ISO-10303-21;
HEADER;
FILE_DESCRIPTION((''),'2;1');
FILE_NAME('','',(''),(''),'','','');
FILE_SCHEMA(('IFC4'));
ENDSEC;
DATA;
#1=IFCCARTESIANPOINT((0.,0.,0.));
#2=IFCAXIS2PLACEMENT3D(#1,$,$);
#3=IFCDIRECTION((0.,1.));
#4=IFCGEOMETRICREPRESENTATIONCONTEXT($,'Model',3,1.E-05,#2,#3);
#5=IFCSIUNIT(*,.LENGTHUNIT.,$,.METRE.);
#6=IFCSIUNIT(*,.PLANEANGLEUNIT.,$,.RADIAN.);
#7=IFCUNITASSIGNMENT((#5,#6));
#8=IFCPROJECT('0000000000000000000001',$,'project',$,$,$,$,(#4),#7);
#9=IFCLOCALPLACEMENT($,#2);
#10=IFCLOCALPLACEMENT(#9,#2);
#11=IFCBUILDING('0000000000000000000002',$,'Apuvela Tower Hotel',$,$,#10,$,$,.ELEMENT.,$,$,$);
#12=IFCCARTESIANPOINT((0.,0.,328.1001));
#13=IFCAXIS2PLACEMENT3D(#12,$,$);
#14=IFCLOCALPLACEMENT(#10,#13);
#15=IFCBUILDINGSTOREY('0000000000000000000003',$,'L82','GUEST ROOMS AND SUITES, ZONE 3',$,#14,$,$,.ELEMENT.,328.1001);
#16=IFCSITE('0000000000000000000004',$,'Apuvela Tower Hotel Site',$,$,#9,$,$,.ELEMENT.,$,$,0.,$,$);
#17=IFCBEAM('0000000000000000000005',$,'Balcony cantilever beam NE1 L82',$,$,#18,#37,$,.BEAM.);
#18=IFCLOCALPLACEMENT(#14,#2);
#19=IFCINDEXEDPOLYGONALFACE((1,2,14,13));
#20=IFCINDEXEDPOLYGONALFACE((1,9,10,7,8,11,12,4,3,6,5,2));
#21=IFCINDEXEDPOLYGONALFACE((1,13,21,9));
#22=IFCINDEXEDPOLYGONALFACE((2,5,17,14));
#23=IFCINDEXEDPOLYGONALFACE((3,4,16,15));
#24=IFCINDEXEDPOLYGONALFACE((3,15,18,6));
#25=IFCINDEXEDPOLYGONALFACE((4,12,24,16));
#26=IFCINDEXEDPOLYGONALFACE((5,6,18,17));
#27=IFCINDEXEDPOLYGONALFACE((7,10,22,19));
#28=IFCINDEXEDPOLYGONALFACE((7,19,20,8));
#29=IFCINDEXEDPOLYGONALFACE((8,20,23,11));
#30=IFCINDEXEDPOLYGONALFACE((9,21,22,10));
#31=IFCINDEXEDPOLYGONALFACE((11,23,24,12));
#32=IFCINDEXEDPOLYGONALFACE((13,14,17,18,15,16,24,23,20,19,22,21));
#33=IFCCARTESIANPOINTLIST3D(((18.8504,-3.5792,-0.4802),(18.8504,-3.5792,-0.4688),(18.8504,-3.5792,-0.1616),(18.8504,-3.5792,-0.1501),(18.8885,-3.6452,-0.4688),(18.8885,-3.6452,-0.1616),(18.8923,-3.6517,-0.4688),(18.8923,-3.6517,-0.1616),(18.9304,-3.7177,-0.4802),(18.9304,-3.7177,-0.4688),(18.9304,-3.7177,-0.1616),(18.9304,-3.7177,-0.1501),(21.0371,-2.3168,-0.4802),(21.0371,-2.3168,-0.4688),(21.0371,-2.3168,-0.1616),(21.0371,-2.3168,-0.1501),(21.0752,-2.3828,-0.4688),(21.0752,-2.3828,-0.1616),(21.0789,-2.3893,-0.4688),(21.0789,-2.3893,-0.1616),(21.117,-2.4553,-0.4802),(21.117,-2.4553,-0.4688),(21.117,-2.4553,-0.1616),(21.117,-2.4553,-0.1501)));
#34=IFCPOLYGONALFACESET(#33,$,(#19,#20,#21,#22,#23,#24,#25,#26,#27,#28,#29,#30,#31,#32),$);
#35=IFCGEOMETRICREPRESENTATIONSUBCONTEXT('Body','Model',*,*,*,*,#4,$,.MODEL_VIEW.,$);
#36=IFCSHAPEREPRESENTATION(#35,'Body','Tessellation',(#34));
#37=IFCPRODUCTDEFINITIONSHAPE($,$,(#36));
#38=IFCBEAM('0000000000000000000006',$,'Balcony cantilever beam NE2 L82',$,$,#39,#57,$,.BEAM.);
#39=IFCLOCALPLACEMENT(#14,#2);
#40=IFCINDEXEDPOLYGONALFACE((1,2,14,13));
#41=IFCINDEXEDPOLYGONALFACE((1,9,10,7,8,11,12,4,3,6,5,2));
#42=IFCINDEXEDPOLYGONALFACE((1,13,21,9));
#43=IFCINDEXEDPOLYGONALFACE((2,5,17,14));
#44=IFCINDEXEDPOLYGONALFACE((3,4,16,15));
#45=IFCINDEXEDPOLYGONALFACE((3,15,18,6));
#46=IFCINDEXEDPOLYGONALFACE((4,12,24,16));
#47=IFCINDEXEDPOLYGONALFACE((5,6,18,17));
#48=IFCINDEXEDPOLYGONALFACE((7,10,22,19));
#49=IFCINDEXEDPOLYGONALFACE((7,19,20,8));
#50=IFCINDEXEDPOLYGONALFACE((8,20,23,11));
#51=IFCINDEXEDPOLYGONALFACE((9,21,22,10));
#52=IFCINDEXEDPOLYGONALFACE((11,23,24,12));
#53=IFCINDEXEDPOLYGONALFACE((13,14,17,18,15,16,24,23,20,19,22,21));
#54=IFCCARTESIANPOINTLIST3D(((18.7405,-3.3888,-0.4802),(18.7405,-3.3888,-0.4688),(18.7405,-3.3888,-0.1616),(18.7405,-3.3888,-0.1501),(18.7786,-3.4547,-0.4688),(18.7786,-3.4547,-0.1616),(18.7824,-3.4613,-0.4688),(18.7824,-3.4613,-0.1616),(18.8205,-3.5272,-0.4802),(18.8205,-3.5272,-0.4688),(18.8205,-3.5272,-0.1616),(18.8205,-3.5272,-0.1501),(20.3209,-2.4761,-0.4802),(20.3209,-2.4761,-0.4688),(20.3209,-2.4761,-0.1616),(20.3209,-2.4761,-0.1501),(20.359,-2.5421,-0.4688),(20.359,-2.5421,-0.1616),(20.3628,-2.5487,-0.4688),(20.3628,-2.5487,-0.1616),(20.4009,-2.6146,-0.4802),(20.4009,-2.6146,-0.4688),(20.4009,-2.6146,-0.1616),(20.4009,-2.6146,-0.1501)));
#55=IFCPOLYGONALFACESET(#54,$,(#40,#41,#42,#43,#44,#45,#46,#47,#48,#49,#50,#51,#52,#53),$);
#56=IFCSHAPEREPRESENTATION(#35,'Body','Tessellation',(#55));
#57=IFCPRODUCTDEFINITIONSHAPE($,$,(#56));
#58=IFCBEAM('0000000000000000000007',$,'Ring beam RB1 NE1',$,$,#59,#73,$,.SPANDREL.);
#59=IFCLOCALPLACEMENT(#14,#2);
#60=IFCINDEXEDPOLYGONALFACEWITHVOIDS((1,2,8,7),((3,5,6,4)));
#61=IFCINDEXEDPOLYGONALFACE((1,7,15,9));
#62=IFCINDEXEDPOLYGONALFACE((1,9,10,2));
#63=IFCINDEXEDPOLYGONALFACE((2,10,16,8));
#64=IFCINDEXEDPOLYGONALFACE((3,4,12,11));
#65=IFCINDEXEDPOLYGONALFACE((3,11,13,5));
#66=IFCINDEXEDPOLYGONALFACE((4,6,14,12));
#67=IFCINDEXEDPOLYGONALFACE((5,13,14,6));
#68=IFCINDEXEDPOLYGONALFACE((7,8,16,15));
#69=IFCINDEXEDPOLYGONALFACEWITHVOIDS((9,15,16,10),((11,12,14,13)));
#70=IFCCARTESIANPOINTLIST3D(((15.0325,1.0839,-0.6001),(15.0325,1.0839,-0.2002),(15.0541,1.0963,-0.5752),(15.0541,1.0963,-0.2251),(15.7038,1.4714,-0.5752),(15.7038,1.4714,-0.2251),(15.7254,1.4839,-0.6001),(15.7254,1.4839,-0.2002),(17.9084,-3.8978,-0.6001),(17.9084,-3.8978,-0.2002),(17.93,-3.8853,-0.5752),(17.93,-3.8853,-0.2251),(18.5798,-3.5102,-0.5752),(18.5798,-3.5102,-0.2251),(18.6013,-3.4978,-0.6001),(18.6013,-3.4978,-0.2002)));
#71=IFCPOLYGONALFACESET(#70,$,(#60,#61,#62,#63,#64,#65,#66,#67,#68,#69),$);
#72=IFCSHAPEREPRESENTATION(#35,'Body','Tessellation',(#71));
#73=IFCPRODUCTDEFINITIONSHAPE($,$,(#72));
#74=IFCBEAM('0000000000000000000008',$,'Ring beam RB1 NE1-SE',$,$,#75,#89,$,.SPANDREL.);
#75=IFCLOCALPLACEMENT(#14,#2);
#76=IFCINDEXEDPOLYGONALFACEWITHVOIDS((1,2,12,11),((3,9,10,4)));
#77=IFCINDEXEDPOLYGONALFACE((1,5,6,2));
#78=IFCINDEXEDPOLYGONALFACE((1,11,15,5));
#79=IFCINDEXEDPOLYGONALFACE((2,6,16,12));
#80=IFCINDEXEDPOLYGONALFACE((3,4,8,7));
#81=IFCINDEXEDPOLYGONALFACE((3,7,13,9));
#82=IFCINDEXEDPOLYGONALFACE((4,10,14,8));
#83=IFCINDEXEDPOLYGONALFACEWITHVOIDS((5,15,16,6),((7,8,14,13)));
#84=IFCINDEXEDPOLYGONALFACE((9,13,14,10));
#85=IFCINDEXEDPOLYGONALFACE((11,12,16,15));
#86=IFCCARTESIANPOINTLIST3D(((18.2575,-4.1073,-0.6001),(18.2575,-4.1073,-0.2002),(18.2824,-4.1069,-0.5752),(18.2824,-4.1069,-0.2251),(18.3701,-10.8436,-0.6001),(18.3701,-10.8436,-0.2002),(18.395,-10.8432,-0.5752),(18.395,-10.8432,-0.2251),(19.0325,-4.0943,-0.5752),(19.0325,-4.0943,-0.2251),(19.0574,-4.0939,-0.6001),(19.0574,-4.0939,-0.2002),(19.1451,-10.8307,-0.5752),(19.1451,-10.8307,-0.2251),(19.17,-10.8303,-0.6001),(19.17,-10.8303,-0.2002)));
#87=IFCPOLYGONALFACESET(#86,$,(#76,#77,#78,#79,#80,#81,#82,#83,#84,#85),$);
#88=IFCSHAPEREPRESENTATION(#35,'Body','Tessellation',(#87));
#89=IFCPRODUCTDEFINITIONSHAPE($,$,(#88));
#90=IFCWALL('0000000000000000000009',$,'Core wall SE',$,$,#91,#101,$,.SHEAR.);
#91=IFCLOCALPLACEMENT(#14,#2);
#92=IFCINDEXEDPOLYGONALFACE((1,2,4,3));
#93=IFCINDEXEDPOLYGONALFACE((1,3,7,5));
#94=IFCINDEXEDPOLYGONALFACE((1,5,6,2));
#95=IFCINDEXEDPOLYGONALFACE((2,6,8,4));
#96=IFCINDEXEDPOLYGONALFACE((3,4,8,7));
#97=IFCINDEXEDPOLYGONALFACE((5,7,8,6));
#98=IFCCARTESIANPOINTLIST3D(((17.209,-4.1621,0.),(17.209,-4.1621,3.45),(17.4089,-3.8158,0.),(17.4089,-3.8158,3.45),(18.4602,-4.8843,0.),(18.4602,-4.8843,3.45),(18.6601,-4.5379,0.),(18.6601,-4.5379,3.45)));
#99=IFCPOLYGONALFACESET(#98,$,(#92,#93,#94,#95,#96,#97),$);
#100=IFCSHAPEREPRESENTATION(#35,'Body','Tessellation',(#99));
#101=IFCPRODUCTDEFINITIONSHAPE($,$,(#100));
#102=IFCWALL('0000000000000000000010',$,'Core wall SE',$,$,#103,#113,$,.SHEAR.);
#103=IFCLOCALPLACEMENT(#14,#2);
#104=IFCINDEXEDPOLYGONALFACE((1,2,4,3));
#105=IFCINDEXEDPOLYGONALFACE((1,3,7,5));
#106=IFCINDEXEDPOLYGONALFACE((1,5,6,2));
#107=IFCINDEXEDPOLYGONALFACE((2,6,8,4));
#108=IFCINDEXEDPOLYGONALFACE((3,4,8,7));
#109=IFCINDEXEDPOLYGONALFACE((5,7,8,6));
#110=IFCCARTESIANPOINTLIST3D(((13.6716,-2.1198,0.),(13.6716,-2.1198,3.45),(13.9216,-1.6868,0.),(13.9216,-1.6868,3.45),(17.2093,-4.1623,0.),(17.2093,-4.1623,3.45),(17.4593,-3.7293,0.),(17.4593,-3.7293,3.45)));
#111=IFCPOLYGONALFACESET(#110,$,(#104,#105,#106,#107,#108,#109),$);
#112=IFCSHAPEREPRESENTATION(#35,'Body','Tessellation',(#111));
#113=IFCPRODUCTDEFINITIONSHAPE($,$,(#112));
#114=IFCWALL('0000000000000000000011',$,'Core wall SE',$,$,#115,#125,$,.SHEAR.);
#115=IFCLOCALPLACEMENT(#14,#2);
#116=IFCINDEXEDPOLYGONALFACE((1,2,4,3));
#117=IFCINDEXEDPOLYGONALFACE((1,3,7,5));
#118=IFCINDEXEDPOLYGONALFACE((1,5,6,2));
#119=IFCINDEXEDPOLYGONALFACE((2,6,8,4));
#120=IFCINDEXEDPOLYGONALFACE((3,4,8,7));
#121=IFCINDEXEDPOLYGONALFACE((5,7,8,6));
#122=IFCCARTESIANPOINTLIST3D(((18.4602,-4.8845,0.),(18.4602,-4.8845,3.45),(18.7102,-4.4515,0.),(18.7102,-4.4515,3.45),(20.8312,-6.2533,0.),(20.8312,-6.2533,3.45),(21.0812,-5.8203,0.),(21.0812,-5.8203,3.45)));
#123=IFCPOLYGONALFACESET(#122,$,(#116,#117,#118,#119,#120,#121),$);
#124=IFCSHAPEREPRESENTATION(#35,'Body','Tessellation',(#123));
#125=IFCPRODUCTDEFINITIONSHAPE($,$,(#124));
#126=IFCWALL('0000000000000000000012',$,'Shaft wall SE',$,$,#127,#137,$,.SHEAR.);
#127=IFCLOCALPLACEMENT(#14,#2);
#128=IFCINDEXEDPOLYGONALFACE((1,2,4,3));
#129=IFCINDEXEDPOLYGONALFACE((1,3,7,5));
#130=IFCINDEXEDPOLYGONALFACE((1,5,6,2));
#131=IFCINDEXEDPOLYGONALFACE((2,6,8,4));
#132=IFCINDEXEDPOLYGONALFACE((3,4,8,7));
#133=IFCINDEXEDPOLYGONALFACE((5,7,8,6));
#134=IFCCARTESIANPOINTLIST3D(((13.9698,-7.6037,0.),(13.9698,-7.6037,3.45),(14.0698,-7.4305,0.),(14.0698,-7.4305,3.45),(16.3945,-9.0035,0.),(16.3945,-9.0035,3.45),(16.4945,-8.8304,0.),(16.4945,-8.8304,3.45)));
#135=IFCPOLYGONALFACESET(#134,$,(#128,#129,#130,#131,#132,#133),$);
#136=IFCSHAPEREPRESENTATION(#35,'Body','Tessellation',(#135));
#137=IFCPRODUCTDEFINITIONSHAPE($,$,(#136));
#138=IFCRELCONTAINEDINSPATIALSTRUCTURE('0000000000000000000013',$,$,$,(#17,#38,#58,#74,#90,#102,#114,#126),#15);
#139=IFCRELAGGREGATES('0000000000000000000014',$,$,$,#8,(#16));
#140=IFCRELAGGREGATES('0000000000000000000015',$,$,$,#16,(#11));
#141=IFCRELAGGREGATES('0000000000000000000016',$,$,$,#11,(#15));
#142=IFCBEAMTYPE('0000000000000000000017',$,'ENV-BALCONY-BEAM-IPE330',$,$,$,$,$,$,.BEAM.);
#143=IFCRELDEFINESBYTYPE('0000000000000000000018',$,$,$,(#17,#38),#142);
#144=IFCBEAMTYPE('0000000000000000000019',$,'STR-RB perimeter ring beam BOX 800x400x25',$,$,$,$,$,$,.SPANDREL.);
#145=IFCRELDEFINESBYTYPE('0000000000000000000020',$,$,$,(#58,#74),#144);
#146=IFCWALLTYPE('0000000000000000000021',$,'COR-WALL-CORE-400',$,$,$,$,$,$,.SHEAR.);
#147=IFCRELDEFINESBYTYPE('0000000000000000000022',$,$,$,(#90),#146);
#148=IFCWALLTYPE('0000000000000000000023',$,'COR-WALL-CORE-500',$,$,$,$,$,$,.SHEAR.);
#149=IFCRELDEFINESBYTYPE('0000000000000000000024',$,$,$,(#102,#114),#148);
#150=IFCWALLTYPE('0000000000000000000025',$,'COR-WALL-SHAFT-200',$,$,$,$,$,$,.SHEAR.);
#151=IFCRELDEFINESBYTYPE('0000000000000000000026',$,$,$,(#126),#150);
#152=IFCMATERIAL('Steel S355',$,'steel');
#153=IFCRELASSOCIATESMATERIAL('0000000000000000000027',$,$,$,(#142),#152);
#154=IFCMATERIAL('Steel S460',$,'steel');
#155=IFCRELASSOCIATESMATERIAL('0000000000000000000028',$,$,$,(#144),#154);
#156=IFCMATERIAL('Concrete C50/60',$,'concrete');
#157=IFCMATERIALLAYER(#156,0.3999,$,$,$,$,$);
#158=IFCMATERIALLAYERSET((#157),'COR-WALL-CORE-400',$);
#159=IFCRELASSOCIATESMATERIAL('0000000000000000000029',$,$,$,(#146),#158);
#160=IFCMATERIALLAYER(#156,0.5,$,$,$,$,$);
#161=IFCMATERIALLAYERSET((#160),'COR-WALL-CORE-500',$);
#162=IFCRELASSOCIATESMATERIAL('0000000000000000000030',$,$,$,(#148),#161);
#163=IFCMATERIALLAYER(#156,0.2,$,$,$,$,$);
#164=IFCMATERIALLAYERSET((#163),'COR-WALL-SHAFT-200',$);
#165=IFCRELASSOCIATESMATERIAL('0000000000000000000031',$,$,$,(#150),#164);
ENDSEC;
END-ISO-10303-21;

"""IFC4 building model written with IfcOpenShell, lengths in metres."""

from ifc_helpers import new_model, si_unit, direction, frame, frame_2d, origin, origin_2d, place, context, subcontext, project, spatial, rectangle, hollow_rectangle, i_section, extrude, material, layer, layer_set, material_profile, profile_set, type_object, element, save


model = new_model("IFC4")

# Units and contexts
model_context = context("Model", 3, precision=1e-05, world=origin(), true_north=direction((0.0, 1.0)))
body_context = subcontext(model_context, "Body", "Model", "MODEL_VIEW")
ifc_project = project(units=[si_unit("LENGTHUNIT", "METRE"), si_unit("PLANEANGLEUNIT", "RADIAN")], contexts=[model_context])

# Site, building, storey
site_placement = place(None, origin())
site = spatial("IfcSite", under=ifc_project, at=site_placement, Name="Apuvela Tower Hotel Site", CompositionType="ELEMENT", RefElevation=0.0)
building_placement = place(site_placement, origin())
building = spatial("IfcBuilding", under=site, at=building_placement, Name="Apuvela Tower Hotel", CompositionType="ELEMENT")
storey_placement = place(building_placement, frame((0.0, 0.0, 328.1001)))
storey = spatial("IfcBuildingStorey", under=building, at=storey_placement, Name="L82", Description="GUEST ROOMS AND SUITES, ZONE 3", CompositionType="ELEMENT", Elevation=328.1001)

# Shared definitions
ifc_material_1 = material(Name="Steel S460", Category="steel")

# Beams
ifc_material_2 = material(Name="Steel S355", Category="steel")
ifc_material_profile_1 = material_profile(ifc_material_2, i_section(OverallWidth=0.1599, OverallDepth=0.3301, WebThickness=0.0076, FlangeThickness=0.0115, at=origin_2d()), Name="IPE 330")
ifc_profile_set_1 = profile_set([ifc_material_profile_1], Name="Steel S355")
beam_type_1 = type_object("IfcBeamType", Name="ENV-BALCONY-BEAM-IPE330", PredefinedType="BEAM", material=ifc_profile_set_1)
beam_1_placement = place(storey_placement, frame((18.8904, -3.6484, -0.3152), z_axis=(0.866039, 0.499976, 0.0), x_axis=(-0.499976, 0.866039, 0.0)))
element("IfcBeam", 1, at=beam_1_placement, inside=storey, type_object=beam_type_1, Name="Balcony cantilever beam NE1 L82", PredefinedType="BEAM", context=body_context, shape_type="SweptSolid", body=[
    extrude(i_section(OverallWidth=0.1599, OverallDepth=0.3301, WebThickness=0.0076, FlangeThickness=0.0115, at=origin_2d()), origin(), (0.0, 0.0, 1.0), 2.5249),
])
beam_2_placement = place(storey_placement, frame((18.7805, -3.458, -0.3152), z_axis=(0.865978, 0.500081, 0.0), x_axis=(-0.500081, 0.865978, 0.0)))
element("IfcBeam", 2, at=beam_2_placement, inside=storey, type_object=beam_type_1, Name="Balcony cantilever beam NE2 L82", PredefinedType="BEAM", context=body_context, shape_type="SweptSolid", body=[
    extrude(i_section(OverallWidth=0.1599, OverallDepth=0.3301, WebThickness=0.0076, FlangeThickness=0.0115, at=origin_2d()), origin(), (0.0, 0.0, 1.0), 1.825),
])
ifc_material_profile_2 = material_profile(ifc_material_1, hollow_rectangle(XDim=0.8, YDim=0.3999, WallThickness=0.0249, at=origin_2d()), Name="BOX 800x400x25")
ifc_profile_set_2 = profile_set([ifc_material_profile_2], Name="Steel S460")
beam_type_2 = type_object("IfcBeamType", Name="STR-RB perimeter ring beam BOX 800x400x25", PredefinedType="SPANDREL", material=ifc_profile_set_2)
beam_3_placement = place(storey_placement, frame((18.2549, -3.6978, -0.4001), z_axis=(-0.499974, 0.866041, 0.0), x_axis=(-0.866041, -0.499974, 0.0)))
element("IfcBeam", 3, at=beam_3_placement, inside=storey, type_object=beam_type_2, Name="Ring beam RB1 NE1", PredefinedType="SPANDREL", context=body_context, shape_type="SweptSolid", body=[
    extrude(hollow_rectangle(XDim=0.8, YDim=0.3999, WallThickness=0.0249, at=origin_2d()), origin(), (0.0, 0.0, 1.0), 5.7522),
])
beam_4_placement = place(storey_placement, frame((18.6575, -4.1006, -0.4001), z_axis=(0.016705, -0.99986, 0.0), x_axis=(0.99986, 0.016705, 0.0)))
element("IfcBeam", 4, at=beam_4_placement, inside=storey, type_object=beam_type_2, Name="Ring beam RB1 NE1-SE", PredefinedType="SPANDREL", context=body_context, shape_type="SweptSolid", body=[
    extrude(hollow_rectangle(XDim=0.8, YDim=0.3999, WallThickness=0.0249, at=origin_2d()), origin(), (0.0, 0.0, 1.0), 6.7373),
])

# Walls
ifc_material_3 = material(Name="Concrete C50/60", Category="concrete")
ifc_layer_1 = layer(ifc_material_3, 0.3999)
ifc_layer_set_1 = layer_set([ifc_layer_1], Name="COR-WALL-CORE-400")
wall_type_1 = type_object("IfcWallType", Name="COR-WALL-CORE-400", PredefinedType="SHEAR", material=ifc_layer_set_1)
wall_1_placement = place(storey_placement, frame((17.3091, -3.989, 0.0), z_axis=(0.0, 0.0, 1.0), x_axis=(0.866093, -0.499883, 0.0)))
element("IfcWall", 5, at=wall_1_placement, inside=storey, type_object=wall_type_1, Name="Core wall SE", PredefinedType="SHEAR", context=body_context, shape_type="SweptSolid", body=[
    extrude(rectangle(XDim=1.4446, YDim=0.3999, at=frame_2d((0.7222, 0.0))), origin(), (0.0, 0.0, 1.0), 3.45),
])
ifc_layer_2 = layer(ifc_material_3, 0.5)
ifc_layer_set_2 = layer_set([ifc_layer_2], Name="COR-WALL-CORE-500")
wall_type_2 = type_object("IfcWallType", Name="COR-WALL-CORE-500", PredefinedType="SHEAR", material=ifc_layer_set_2)
wall_2_placement = place(storey_placement, frame((13.7966, -1.9033, 0.0), z_axis=(0.0, 0.0, 1.0), x_axis=(0.86602, -0.500009, 0.0)))
element("IfcWall", 6, at=wall_2_placement, inside=storey, type_object=wall_type_2, Name="Core wall SE", PredefinedType="SHEAR", context=body_context, shape_type="SweptSolid", body=[
    extrude(rectangle(XDim=4.085, YDim=0.5, at=frame_2d((2.0425, 0.0))), origin(), (0.0, 0.0, 1.0), 3.45),
])
wall_3_placement = place(storey_placement, frame((18.5852, -4.668, 0.0), z_axis=(0.0, 0.0, 1.0), x_axis=(0.866034, -0.499985, 0.0)))
element("IfcWall", 7, at=wall_3_placement, inside=storey, type_object=wall_type_2, Name="Core wall SE", PredefinedType="SHEAR", context=body_context, shape_type="SweptSolid", body=[
    extrude(rectangle(XDim=2.7378, YDim=0.5, at=frame_2d((1.3689, 0.0))), origin(), (0.0, 0.0, 1.0), 3.45),
])
ifc_layer_3 = layer(ifc_material_3, 0.2)
ifc_layer_set_3 = layer_set([ifc_layer_3], Name="COR-WALL-SHAFT-200")
wall_type_3 = type_object("IfcWallType", Name="COR-WALL-SHAFT-200", PredefinedType="SHEAR", material=ifc_layer_set_3)
wall_4_placement = place(storey_placement, frame((14.0198, -7.5171, 0.0), z_axis=(0.0, 0.0, 1.0), x_axis=(0.866035, -0.499984, 0.0)))
element("IfcWall", 8, at=wall_4_placement, inside=storey, type_object=wall_type_3, Name="Shaft wall SE", PredefinedType="SHEAR", context=body_context, shape_type="SweptSolid", body=[
    extrude(rectangle(XDim=2.7998, YDim=0.2, at=frame_2d((1.3999, 0.0))), origin(), (0.0, 0.0, 1.0), 3.45),
])

save(model, "model.ifc")
